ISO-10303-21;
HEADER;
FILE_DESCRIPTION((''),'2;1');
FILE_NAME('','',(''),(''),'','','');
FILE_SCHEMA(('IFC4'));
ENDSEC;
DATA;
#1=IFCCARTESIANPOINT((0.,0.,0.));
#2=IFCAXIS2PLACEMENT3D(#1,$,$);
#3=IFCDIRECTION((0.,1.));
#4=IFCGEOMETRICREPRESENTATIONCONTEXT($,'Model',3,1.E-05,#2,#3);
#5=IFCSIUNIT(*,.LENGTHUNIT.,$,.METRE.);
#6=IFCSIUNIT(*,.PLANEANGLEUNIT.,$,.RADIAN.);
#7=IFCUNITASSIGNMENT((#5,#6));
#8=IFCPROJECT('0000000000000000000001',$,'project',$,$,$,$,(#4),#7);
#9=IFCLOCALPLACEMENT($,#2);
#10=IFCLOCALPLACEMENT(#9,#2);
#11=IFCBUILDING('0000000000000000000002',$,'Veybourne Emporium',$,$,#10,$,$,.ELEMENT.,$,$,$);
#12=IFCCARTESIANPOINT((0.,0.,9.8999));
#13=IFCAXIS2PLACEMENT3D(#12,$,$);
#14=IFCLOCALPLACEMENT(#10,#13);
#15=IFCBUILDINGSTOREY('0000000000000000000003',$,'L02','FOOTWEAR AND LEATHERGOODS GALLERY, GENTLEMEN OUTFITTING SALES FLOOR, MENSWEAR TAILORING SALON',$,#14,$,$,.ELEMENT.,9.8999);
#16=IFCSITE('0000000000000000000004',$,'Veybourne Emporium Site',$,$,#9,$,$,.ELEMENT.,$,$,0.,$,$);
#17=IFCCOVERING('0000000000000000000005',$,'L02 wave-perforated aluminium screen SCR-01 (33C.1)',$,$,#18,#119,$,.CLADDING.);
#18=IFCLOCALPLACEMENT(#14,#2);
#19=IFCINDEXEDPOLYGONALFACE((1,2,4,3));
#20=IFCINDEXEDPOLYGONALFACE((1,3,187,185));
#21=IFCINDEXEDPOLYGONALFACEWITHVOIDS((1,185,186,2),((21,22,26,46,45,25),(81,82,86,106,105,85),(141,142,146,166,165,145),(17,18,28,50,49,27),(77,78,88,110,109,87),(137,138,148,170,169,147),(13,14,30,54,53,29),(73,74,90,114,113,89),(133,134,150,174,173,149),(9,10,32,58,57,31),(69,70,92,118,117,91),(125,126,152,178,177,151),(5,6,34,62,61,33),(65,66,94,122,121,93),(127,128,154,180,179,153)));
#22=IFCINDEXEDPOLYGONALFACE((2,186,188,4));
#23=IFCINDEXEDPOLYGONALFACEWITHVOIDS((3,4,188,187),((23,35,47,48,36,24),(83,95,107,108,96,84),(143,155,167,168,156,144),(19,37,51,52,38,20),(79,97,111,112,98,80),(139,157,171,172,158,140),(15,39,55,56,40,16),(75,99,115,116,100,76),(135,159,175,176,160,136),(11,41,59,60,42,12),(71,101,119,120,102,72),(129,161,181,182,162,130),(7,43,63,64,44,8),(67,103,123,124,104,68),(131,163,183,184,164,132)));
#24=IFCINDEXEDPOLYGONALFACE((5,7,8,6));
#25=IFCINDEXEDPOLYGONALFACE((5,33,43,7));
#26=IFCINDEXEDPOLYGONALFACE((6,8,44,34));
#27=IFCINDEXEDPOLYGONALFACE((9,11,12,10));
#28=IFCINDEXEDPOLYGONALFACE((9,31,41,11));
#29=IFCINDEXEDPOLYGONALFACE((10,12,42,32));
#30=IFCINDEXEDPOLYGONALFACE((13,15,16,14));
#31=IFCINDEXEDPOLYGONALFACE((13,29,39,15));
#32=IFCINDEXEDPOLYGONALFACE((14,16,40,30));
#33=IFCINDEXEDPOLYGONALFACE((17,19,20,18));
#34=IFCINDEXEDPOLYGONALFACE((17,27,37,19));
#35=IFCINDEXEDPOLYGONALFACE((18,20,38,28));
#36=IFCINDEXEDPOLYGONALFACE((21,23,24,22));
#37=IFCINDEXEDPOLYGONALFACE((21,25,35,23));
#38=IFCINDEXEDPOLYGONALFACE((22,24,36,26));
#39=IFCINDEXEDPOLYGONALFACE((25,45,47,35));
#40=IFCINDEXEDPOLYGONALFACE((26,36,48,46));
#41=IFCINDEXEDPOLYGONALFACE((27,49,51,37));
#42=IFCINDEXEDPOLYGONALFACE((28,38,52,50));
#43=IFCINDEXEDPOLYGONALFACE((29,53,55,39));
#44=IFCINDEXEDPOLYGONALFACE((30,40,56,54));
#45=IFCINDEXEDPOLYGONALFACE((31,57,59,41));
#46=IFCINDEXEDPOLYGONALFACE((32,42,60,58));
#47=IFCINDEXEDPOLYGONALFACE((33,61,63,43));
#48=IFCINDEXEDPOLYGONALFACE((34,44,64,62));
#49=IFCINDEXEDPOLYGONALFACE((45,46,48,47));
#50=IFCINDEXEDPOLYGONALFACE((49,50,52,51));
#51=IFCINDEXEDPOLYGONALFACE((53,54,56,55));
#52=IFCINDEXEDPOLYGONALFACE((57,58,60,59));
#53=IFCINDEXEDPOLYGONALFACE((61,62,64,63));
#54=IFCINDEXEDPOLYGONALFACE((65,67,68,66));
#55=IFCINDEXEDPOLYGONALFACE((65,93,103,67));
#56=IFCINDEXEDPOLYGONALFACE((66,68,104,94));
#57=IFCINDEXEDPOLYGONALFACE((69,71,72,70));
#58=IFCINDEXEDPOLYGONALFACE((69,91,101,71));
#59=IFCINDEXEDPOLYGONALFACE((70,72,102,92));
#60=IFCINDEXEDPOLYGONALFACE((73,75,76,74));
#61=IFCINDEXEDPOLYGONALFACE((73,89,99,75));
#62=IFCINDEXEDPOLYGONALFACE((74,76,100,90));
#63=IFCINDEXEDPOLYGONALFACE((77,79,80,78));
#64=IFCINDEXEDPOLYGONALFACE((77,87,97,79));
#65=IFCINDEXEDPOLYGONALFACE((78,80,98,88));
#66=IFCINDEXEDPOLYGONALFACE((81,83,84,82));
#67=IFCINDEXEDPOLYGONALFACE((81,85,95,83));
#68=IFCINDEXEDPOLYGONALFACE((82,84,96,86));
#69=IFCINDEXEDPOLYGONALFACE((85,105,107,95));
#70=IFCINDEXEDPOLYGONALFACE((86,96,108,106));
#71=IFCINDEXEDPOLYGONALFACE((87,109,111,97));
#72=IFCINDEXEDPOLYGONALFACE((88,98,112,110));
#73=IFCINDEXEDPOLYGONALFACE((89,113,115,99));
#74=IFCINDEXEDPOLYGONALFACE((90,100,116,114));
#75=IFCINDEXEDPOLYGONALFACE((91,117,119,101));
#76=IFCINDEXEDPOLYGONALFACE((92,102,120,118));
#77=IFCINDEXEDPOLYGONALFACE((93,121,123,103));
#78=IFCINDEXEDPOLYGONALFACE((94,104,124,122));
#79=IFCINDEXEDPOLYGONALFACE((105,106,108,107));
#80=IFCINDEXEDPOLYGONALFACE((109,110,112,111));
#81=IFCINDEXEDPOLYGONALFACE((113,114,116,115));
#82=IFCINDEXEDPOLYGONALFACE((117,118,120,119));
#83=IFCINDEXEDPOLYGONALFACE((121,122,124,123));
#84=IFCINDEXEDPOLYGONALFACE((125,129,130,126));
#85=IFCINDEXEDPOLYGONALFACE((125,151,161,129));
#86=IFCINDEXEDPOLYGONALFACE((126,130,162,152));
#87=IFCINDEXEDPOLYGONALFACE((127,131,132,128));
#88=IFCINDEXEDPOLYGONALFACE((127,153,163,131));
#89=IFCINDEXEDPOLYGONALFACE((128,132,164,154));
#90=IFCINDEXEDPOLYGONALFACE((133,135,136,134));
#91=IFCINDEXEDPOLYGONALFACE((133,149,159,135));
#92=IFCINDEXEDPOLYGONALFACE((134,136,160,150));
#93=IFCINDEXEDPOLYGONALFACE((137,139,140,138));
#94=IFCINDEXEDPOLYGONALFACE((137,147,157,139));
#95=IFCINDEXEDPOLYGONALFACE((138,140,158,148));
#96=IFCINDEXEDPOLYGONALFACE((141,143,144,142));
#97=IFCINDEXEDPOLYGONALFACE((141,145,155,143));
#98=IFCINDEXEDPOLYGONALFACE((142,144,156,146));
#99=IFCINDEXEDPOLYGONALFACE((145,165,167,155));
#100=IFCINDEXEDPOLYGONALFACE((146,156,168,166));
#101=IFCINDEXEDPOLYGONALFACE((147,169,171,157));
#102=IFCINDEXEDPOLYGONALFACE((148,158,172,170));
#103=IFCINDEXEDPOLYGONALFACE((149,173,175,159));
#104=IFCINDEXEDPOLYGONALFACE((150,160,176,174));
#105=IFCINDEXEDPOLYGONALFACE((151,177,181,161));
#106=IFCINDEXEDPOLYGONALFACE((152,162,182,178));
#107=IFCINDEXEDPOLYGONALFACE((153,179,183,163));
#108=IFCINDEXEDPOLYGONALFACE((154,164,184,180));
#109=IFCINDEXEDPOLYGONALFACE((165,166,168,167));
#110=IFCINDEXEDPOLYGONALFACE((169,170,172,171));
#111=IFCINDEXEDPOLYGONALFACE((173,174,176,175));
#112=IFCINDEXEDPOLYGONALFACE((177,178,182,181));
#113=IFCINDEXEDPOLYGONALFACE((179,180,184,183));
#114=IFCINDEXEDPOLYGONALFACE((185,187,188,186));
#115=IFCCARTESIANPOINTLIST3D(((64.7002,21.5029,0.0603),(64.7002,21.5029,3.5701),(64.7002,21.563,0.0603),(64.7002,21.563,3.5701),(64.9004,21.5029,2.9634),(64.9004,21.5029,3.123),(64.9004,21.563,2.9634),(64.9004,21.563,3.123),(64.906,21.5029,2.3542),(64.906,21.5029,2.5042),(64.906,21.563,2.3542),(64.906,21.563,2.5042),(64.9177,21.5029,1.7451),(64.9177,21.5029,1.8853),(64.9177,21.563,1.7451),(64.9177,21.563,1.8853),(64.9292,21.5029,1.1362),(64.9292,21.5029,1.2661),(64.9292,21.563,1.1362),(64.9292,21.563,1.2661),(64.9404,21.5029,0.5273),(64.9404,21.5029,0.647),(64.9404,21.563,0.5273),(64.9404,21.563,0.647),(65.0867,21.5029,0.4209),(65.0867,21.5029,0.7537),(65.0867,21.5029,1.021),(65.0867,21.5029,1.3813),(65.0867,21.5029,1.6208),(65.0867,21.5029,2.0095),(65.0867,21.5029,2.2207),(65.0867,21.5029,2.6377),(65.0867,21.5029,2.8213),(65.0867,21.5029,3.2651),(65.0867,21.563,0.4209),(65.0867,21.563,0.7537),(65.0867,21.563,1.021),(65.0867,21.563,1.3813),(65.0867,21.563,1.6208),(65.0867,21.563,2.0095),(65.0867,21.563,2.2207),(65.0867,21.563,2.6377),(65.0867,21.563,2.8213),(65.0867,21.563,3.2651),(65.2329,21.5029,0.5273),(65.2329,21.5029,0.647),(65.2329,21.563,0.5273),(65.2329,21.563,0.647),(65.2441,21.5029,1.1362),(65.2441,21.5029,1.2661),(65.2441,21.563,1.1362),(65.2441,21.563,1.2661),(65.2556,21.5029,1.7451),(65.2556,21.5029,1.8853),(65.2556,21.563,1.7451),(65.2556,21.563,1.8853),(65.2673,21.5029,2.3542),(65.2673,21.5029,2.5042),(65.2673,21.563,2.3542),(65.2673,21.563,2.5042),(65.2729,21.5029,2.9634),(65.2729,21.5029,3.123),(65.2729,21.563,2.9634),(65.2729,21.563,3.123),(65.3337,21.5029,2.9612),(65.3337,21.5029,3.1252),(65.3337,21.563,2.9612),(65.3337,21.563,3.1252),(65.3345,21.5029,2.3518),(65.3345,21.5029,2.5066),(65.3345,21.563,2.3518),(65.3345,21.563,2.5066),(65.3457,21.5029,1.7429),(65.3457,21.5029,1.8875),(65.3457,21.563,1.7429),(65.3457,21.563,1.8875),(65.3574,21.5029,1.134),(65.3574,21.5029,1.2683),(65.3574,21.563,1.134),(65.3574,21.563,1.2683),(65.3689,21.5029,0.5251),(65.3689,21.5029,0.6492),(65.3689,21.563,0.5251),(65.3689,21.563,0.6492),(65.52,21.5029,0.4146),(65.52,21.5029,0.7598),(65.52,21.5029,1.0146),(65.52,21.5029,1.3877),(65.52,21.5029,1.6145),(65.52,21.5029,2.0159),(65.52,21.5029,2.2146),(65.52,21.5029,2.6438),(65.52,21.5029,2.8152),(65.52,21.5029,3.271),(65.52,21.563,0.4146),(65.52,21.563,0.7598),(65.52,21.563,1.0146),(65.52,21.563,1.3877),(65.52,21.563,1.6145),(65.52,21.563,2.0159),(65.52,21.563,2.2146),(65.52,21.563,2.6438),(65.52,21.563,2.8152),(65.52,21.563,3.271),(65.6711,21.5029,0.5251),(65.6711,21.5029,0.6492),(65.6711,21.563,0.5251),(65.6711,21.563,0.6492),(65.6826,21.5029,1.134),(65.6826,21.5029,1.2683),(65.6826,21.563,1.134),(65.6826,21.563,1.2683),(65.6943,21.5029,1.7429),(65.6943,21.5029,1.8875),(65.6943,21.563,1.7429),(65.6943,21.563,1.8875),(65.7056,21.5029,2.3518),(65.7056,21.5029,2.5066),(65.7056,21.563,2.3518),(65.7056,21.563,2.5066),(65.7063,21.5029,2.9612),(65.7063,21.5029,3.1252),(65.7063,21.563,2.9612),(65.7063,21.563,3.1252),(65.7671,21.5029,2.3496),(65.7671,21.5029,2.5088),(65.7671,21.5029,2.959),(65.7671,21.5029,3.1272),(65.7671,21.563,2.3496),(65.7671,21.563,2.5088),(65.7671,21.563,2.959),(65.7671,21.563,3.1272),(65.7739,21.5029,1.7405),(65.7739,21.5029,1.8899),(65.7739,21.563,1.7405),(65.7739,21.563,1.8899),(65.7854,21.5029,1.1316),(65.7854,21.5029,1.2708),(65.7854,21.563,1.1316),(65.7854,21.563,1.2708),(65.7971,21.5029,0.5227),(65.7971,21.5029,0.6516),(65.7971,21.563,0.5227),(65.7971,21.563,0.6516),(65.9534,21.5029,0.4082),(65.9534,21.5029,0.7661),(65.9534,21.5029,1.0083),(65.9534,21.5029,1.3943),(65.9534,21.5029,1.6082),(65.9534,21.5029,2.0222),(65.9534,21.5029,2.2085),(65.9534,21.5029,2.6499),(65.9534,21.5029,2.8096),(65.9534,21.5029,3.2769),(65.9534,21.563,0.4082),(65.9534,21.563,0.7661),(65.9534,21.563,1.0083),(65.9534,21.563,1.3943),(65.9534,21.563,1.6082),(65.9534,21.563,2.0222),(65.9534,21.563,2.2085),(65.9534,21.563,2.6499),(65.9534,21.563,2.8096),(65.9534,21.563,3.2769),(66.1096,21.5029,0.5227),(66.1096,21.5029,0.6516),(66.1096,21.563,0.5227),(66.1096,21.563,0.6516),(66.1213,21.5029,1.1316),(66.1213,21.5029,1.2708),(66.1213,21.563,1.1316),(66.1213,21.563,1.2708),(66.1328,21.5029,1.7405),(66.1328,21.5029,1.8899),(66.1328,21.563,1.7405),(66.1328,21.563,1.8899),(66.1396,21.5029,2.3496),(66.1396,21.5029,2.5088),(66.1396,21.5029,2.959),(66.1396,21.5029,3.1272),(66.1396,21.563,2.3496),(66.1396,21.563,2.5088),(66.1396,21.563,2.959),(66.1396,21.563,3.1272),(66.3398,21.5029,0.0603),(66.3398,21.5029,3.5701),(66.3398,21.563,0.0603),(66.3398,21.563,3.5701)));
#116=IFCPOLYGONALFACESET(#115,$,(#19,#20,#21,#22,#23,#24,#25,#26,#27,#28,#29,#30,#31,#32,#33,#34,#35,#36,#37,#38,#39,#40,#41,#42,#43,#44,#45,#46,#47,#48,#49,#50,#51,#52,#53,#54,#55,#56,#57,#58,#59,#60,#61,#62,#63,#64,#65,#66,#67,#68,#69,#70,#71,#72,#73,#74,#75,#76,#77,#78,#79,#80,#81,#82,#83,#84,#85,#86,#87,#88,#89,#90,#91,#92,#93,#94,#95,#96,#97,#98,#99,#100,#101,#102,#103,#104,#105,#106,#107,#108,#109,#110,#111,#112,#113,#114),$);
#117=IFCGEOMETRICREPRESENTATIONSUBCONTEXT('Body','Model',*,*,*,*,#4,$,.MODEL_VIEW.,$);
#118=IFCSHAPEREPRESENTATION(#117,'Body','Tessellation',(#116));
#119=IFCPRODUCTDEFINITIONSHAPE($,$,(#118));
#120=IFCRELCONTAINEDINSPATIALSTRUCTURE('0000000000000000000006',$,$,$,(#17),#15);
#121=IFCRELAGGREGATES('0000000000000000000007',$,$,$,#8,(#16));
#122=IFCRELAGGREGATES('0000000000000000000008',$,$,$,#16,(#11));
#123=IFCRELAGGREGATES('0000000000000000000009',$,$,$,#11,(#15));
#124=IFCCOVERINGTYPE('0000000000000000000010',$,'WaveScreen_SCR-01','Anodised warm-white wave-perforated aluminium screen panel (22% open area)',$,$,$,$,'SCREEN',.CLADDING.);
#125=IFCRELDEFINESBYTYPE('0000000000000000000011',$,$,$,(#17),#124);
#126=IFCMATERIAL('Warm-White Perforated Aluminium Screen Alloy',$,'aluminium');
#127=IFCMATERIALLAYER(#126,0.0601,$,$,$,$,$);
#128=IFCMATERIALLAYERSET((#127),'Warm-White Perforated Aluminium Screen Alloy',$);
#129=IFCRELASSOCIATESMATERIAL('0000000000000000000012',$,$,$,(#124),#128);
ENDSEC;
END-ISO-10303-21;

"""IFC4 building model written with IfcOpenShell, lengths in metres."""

from ifc_helpers import new_model, si_unit, direction, frame, origin, place, context, subcontext, project, spatial, polyline, outline, extrude, material, layer, layer_set, type_object, element, save


model = new_model("IFC4")

# Units and contexts
model_context = context("Model", 3, precision=1e-05, world=origin(), true_north=direction((0.0, 1.0)))
body_context = subcontext(model_context, "Body", "Model", "MODEL_VIEW")
ifc_project = project(units=[si_unit("LENGTHUNIT", "METRE"), si_unit("PLANEANGLEUNIT", "RADIAN")], contexts=[model_context])

# Site, building, storey
site_placement = place(None, origin())
site = spatial("IfcSite", under=ifc_project, at=site_placement, Name="Veybourne Emporium Site", CompositionType="ELEMENT", RefElevation=0.0)
building_placement = place(site_placement, origin())
building = spatial("IfcBuilding", under=site, at=building_placement, Name="Veybourne Emporium", CompositionType="ELEMENT")
storey_placement = place(building_placement, frame((0.0, 0.0, 9.8999)))
storey = spatial("IfcBuildingStorey", under=building, at=storey_placement, Name="L02", Description="FOOTWEAR AND LEATHERGOODS GALLERY, GENTLEMEN OUTFITTING SALES FLOOR, MENSWEAR TAILORING SALON", CompositionType="ELEMENT", Elevation=9.8999)

# Covering
ifc_material_1 = material(Name="Warm-White Perforated Aluminium Screen Alloy", Category="aluminium")
ifc_layer_1 = layer(ifc_material_1, 0.0601)
ifc_layer_set_1 = layer_set([ifc_layer_1], Name="Warm-White Perforated Aluminium Screen Alloy")
covering_type_1 = type_object("IfcCoveringType", Name="WaveScreen_SCR-01", Description="Anodised warm-white wave-perforated aluminium screen panel (22% open area)", ElementType="SCREEN", PredefinedType="CLADDING", material=ifc_layer_set_1)
covering_1_placement = place(storey_placement, frame((65.52, 21.5029, 1.8152), z_axis=(0.0, 1.0, 0.0), x_axis=(-1.0, 0.0, 0.0)))
element("IfcCovering", 1, at=covering_1_placement, inside=storey, type_object=covering_type_1, Name="L02 wave-perforated aluminium screen SCR-01 (33C.1)", PredefinedType="CLADDING", context=body_context, shape_type="SweptSolid", body=[
    extrude(outline(polyline([(-0.8198, -1.7549), (0.8198, -1.7549), (0.8198, 1.7549), (-0.8198, 1.7549), (-0.8198, -1.7549)]), holes=[polyline([(-0.4333, -1.0491), (-0.2771, -1.1636), (-0.2771, -1.2925), (-0.4333, -1.407), (-0.5896, -1.2925), (-0.5896, -1.1636), (-0.4333, -1.0491)]), polyline([(-0.4333, -0.4209), (-0.2654, -0.5444), (-0.2654, -0.6836), (-0.4333, -0.8069), (-0.6013, -0.6836), (-0.6013, -0.5444), (-0.4333, -0.4209)]), polyline([(-0.4333, 0.207), (-0.2539, 0.0747), (-0.2539, -0.0747), (-0.4333, -0.207), (-0.6128, -0.0747), (-0.6128, 0.0747), (-0.4333, 0.207)]), polyline([(-0.4333, 0.8347), (-0.2471, 0.6936), (-0.2471, 0.5344), (-0.4333, 0.3933), (-0.6196, 0.5344), (-0.6196, 0.6936), (-0.4333, 0.8347)]), polyline([(-0.4333, 1.4617), (-0.2471, 1.312), (-0.2471, 1.1438), (-0.4333, 0.9944), (-0.6196, 1.1438), (-0.6196, 1.312), (-0.4333, 1.4617)]), polyline([(0.0, -1.0554), (0.1511, -1.166), (0.1511, -1.29), (0.0, -1.4006), (-0.1511, -1.29), (-0.1511, -1.166), (0.0, -1.0554)]), polyline([(0.0, -0.4275), (0.1626, -0.5469), (0.1626, -0.6812), (0.0, -0.8005), (-0.1626, -0.6812), (-0.1626, -0.5469), (0.0, -0.4275)]), polyline([(0.0, 0.2007), (0.1743, 0.0723), (0.1743, -0.0723), (0.0, -0.2007), (-0.1743, -0.0723), (-0.1743, 0.0723), (0.0, 0.2007)]), polyline([(0.0, 0.8286), (0.1855, 0.6914), (0.1855, 0.5366), (0.0, 0.3994), (-0.1855, 0.5366), (-0.1855, 0.6914), (0.0, 0.8286)]), polyline([(0.0, 1.4558), (0.1863, 1.3101), (0.1863, 1.146), (0.0, 1.0), (-0.1863, 1.146), (-0.1863, 1.3101), (0.0, 1.4558)]), polyline([(0.4333, -1.0615), (0.5796, -1.1682), (0.5796, -1.2878), (0.4333, -1.3943), (0.2871, -1.2878), (0.2871, -1.1682), (0.4333, -1.0615)]), polyline([(0.4333, -0.4338), (0.5908, -0.5491), (0.5908, -0.679), (0.4333, -0.7942), (0.2759, -0.679), (0.2759, -0.5491), (0.4333, -0.4338)]), polyline([(0.4333, 0.1943), (0.6023, 0.0701), (0.6023, -0.0701), (0.4333, -0.1943), (0.2644, -0.0701), (0.2644, 0.0701), (0.4333, 0.1943)]), polyline([(0.4333, 0.8225), (0.614, 0.689), (0.614, 0.5391), (0.4333, 0.4055), (0.2527, 0.5391), (0.2527, 0.689), (0.4333, 0.8225)]), polyline([(0.4333, 1.45), (0.6196, 1.3079), (0.6196, 1.1482), (0.4333, 1.0061), (0.2471, 1.1482), (0.2471, 1.3079), (0.4333, 1.45)])]), origin(), (0.0, 0.0, 1.0), 0.0601),
])

save(model, "model.ifc")
